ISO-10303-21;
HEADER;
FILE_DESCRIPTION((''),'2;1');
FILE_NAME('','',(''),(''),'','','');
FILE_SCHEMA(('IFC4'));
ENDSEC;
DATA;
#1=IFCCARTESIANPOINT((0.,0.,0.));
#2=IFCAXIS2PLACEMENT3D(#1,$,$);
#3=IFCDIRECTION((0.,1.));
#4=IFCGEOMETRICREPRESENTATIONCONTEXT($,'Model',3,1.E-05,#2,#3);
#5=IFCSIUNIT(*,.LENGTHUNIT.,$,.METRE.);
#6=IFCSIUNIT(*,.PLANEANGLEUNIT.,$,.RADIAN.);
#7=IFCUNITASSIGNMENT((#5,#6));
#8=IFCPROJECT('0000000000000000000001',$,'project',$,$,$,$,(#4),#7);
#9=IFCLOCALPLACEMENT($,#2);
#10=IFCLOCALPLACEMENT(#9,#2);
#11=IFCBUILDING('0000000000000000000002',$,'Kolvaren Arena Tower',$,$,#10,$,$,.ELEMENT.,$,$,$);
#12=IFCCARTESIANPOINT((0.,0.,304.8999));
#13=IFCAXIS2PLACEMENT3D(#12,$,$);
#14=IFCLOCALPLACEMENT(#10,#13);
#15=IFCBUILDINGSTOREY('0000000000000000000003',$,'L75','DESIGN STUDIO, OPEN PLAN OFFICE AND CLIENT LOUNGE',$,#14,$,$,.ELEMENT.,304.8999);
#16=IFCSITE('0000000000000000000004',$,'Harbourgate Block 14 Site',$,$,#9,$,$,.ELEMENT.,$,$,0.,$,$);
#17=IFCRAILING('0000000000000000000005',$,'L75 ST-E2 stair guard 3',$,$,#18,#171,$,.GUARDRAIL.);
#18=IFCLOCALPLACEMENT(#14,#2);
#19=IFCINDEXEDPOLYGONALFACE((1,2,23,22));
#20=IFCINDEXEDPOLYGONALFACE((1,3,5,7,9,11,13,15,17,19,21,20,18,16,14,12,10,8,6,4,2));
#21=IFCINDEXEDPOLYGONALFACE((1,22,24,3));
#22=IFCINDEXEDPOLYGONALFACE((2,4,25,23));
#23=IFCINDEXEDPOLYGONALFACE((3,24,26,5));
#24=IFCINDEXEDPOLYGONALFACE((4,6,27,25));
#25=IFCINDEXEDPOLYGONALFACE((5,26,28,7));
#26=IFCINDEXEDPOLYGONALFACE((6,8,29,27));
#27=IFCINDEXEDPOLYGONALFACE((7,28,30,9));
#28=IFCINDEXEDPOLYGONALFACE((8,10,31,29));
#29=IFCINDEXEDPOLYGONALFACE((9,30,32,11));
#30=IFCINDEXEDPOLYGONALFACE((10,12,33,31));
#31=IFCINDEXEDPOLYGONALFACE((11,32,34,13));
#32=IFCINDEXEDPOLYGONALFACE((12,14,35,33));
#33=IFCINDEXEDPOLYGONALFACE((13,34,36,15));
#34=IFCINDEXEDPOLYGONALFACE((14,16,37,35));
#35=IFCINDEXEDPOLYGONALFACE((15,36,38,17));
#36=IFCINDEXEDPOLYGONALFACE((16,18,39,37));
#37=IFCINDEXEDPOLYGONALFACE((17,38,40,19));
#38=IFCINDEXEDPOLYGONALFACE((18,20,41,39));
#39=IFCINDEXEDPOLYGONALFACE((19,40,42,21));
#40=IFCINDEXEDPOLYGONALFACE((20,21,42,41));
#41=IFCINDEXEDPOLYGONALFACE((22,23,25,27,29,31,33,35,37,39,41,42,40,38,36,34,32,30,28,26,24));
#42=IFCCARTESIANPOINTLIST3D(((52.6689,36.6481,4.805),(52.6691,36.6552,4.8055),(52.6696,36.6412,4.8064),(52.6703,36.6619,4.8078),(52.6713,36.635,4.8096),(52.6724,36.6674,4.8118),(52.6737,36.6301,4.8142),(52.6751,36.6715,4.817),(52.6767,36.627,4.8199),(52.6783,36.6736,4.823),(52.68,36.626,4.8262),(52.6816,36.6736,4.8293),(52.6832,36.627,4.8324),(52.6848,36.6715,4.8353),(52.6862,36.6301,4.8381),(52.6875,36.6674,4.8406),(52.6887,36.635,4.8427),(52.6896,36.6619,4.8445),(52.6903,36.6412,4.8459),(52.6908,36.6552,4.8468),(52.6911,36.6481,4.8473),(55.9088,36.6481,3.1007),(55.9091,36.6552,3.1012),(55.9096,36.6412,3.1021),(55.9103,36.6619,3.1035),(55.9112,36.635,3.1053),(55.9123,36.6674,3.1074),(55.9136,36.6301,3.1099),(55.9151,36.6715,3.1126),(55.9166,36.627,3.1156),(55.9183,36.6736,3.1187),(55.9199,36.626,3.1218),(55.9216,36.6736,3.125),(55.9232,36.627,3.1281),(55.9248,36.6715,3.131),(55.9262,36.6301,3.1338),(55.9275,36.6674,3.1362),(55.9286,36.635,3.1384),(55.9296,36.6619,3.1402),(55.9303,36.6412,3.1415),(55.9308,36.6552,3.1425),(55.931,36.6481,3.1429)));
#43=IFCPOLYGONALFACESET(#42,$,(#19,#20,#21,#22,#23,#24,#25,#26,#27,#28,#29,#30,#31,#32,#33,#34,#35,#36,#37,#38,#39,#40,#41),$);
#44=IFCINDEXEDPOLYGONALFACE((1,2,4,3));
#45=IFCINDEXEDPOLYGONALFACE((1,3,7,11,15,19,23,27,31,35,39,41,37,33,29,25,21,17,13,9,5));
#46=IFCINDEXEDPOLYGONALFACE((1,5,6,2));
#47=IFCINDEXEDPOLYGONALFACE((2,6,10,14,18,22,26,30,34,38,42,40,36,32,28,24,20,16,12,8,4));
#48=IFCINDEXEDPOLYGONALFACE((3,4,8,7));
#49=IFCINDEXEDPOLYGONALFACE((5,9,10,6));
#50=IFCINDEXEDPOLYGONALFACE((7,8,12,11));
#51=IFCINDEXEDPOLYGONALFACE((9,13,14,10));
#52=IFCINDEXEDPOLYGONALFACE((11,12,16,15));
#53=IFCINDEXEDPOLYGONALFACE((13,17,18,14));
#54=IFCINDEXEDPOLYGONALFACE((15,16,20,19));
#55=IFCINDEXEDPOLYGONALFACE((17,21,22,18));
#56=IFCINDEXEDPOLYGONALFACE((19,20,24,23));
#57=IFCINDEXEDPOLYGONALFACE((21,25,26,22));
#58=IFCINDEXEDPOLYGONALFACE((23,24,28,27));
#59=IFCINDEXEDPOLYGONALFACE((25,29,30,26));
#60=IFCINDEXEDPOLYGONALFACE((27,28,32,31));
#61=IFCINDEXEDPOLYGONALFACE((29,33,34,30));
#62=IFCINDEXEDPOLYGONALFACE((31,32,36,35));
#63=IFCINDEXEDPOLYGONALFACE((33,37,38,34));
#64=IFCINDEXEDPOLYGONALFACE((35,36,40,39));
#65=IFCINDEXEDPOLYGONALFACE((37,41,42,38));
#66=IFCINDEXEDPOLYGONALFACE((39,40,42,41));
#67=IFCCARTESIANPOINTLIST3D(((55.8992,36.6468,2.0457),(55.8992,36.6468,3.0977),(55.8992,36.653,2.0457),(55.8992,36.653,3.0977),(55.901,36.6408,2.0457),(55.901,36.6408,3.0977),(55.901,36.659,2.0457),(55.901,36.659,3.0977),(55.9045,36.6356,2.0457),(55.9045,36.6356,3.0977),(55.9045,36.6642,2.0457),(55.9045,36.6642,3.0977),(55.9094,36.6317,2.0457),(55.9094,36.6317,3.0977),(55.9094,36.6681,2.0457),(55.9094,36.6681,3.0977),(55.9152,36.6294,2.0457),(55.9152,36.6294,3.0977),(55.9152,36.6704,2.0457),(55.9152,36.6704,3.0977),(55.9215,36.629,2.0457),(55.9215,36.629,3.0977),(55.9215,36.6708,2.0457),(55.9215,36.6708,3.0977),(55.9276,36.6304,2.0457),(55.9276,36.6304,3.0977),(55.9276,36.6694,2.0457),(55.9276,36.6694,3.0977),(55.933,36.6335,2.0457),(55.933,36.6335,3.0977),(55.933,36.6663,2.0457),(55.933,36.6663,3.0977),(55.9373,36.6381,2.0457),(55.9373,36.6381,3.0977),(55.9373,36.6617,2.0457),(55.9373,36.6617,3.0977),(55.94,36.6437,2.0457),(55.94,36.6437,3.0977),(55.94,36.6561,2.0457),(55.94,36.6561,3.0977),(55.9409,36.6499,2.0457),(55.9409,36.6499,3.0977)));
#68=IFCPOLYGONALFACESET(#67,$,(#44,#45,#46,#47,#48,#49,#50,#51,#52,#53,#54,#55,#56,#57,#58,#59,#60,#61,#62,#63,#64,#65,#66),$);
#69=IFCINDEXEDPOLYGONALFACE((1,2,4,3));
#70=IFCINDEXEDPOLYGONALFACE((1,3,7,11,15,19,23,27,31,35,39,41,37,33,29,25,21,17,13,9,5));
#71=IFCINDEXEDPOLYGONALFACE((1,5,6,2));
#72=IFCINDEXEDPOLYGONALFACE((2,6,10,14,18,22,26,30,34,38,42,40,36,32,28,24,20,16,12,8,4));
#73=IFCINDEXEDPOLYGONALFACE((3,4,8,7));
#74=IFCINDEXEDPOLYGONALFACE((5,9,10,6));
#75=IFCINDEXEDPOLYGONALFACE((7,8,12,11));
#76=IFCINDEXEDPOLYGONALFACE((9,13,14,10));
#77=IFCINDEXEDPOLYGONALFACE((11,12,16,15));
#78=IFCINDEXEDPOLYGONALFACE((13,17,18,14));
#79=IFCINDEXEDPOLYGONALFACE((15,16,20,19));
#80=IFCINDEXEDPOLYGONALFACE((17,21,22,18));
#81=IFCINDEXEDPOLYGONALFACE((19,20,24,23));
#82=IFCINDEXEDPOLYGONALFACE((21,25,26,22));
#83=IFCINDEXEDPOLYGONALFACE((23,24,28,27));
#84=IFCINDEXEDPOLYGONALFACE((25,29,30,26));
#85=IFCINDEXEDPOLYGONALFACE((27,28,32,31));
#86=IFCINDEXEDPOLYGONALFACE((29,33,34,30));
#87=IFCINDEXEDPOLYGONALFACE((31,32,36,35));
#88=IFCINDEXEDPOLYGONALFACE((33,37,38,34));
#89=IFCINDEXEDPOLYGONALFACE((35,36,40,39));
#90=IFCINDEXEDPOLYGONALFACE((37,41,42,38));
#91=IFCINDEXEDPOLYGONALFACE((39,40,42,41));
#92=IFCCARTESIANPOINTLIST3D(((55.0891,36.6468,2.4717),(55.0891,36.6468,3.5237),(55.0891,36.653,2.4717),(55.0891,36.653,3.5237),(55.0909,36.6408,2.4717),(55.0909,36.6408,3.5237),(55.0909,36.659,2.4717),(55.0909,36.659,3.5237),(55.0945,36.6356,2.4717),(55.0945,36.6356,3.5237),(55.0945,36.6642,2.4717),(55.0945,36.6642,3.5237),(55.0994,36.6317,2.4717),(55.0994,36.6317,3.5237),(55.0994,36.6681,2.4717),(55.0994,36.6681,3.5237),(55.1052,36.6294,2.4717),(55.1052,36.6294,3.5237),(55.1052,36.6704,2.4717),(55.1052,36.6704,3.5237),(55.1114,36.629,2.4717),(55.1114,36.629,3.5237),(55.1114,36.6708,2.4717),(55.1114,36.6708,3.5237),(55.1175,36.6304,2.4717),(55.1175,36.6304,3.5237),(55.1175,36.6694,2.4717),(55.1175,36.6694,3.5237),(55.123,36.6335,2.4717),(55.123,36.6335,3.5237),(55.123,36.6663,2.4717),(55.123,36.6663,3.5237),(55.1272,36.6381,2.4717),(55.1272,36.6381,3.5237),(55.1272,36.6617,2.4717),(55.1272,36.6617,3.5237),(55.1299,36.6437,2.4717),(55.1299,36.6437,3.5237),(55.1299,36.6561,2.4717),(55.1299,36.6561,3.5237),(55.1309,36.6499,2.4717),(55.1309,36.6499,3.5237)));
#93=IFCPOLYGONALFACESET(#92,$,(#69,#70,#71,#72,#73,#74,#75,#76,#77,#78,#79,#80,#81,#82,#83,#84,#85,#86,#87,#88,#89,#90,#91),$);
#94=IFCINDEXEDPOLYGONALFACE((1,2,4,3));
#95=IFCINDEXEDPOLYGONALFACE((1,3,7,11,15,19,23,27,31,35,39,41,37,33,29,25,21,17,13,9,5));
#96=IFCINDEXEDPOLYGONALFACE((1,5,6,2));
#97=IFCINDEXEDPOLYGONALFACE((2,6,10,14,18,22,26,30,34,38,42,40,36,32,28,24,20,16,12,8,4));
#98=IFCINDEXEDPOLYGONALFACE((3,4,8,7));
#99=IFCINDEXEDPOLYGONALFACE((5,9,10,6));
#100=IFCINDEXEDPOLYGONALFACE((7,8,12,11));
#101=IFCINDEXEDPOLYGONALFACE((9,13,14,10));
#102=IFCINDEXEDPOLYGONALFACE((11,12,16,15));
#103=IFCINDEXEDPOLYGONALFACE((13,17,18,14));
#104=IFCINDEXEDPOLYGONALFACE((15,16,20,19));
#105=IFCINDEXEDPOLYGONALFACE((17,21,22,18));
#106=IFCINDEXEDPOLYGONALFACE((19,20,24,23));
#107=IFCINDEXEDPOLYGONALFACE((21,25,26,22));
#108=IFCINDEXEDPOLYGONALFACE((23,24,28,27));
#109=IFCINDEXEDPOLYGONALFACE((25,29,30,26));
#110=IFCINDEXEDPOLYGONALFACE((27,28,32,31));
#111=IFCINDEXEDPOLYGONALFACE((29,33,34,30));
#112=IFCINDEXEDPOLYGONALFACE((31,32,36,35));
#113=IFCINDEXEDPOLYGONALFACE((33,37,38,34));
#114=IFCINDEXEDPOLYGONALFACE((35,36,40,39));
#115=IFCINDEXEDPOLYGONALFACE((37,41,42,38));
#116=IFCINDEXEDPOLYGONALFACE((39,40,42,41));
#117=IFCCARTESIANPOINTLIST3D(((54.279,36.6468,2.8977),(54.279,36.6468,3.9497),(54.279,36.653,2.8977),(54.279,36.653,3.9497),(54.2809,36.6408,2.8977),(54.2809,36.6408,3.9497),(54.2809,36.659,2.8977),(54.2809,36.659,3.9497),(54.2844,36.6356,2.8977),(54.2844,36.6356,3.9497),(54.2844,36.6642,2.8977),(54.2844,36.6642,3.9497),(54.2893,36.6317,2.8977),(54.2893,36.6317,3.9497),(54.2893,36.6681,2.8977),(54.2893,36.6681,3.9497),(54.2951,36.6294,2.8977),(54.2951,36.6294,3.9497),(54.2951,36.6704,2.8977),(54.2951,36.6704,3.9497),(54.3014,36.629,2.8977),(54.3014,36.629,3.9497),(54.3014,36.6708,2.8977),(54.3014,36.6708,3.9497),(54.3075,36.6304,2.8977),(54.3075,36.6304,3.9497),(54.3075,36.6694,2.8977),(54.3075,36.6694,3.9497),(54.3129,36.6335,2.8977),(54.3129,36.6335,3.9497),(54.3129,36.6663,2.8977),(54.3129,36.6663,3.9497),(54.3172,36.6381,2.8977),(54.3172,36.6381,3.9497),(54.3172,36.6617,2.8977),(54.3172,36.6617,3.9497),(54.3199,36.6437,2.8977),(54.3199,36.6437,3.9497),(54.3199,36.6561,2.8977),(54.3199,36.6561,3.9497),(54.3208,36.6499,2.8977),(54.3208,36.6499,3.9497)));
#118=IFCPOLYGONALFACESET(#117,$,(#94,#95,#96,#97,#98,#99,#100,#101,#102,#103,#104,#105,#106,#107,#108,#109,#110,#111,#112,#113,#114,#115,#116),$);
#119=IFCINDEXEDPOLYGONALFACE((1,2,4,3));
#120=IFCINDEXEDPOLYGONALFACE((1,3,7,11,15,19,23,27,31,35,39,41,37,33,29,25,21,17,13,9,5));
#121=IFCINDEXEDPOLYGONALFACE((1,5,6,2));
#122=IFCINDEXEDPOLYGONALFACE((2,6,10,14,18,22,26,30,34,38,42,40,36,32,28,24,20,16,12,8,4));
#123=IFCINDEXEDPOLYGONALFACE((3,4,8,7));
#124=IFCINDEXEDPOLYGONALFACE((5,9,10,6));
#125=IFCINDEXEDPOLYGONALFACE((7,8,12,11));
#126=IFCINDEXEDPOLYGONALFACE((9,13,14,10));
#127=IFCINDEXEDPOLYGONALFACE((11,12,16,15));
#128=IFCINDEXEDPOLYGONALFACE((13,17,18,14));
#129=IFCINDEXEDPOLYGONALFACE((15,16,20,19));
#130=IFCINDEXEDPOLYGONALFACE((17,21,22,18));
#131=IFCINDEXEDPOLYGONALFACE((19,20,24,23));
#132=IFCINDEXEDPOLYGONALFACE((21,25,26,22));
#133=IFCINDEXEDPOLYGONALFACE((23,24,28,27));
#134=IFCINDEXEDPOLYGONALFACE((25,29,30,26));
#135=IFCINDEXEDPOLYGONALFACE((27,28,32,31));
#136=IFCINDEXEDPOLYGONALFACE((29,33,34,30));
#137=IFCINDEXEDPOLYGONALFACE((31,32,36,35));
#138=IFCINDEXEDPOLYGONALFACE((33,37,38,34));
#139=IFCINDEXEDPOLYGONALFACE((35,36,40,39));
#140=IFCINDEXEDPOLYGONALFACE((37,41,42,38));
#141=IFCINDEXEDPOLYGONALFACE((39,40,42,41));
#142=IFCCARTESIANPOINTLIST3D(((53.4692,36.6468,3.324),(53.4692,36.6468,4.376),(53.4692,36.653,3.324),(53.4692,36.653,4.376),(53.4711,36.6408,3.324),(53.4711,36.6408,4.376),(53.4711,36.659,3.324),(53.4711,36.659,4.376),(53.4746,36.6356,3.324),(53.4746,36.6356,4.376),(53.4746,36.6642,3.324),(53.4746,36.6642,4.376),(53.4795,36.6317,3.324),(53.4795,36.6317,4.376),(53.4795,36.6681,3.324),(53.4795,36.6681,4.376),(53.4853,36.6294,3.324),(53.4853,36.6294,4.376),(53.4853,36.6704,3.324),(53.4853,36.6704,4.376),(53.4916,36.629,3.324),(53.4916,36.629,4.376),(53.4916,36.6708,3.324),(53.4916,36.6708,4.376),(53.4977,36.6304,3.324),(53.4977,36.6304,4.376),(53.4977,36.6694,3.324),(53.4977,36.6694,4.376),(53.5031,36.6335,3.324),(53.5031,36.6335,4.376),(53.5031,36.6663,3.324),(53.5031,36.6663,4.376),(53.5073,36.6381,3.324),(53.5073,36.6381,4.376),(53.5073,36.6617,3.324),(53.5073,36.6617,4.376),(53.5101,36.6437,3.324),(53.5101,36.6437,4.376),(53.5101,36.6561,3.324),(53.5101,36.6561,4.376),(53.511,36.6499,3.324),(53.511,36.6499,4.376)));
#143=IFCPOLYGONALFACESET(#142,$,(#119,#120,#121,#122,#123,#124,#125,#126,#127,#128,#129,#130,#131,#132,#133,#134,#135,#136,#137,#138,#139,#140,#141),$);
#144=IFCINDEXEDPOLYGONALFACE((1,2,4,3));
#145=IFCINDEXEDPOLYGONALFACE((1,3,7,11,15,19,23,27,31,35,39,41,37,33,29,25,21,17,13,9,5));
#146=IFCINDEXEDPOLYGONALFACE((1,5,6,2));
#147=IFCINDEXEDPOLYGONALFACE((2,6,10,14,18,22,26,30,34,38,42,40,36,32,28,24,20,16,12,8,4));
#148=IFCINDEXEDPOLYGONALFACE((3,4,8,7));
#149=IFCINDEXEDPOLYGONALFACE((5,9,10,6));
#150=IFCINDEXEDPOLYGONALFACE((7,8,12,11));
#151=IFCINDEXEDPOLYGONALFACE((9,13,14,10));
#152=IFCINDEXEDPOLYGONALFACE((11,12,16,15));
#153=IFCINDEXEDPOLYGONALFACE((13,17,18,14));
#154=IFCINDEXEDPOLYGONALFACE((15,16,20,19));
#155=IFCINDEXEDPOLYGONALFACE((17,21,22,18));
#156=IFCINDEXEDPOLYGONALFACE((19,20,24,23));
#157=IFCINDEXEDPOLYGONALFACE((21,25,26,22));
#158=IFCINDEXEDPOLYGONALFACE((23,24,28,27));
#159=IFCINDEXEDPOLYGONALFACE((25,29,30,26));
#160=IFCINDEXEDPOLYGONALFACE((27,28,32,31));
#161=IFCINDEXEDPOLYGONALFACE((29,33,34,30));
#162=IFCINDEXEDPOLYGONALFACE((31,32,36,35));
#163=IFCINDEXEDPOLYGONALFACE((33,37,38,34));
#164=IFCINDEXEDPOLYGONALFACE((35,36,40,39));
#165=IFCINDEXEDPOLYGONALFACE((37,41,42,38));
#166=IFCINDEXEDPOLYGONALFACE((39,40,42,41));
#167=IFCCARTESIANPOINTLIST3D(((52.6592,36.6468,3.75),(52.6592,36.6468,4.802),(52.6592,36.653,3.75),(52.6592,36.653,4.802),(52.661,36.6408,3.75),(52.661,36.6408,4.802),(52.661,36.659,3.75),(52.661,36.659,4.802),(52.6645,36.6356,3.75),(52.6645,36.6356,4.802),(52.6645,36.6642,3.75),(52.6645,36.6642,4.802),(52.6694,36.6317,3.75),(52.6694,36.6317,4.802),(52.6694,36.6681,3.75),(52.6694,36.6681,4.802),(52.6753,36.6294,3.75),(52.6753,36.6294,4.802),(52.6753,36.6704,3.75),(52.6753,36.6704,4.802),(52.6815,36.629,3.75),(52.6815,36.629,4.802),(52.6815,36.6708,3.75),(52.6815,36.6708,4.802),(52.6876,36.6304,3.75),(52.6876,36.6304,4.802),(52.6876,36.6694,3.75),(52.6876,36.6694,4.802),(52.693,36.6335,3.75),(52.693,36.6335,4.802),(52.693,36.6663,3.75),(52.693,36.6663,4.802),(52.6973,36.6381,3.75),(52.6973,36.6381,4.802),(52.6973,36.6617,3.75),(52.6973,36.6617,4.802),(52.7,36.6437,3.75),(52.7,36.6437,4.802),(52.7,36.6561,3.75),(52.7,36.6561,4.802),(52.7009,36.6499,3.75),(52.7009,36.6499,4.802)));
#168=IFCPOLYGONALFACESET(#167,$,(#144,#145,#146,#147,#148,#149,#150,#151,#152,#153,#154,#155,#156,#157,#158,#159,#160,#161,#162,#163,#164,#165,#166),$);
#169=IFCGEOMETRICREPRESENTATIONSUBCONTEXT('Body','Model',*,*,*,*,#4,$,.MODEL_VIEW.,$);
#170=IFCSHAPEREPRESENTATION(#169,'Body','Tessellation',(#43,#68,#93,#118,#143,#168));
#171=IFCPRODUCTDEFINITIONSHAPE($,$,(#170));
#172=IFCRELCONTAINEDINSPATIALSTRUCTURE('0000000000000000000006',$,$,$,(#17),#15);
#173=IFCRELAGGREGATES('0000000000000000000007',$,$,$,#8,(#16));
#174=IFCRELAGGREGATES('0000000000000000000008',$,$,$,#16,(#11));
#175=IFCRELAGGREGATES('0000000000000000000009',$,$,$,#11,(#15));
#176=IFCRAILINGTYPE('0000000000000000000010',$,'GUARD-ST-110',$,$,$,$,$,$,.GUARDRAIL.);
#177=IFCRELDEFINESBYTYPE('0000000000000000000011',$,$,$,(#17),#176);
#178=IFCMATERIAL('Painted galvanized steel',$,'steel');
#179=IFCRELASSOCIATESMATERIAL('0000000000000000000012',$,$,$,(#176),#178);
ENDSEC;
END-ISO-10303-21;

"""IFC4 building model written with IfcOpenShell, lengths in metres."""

from ifc_helpers import new_model, si_unit, direction, frame, origin, origin_2d, place, context, subcontext, project, spatial, circle, extrude, material, type_object, element, save


model = new_model("IFC4")

# Units and contexts
model_context = context("Model", 3, precision=1e-05, world=origin(), true_north=direction((0.0, 1.0)))
body_context = subcontext(model_context, "Body", "Model", "MODEL_VIEW")
ifc_project = project(units=[si_unit("LENGTHUNIT", "METRE"), si_unit("PLANEANGLEUNIT", "RADIAN")], contexts=[model_context])

# Site, building, storey
site_placement = place(None, origin())
site = spatial("IfcSite", under=ifc_project, at=site_placement, Name="Harbourgate Block 14 Site", CompositionType="ELEMENT", RefElevation=0.0)
building_placement = place(site_placement, origin())
building = spatial("IfcBuilding", under=site, at=building_placement, Name="Kolvaren Arena Tower", CompositionType="ELEMENT")
storey_placement = place(building_placement, frame((0.0, 0.0, 304.8999)))
storey = spatial("IfcBuildingStorey", under=building, at=storey_placement, Name="L75", Description="DESIGN STUDIO, OPEN PLAN OFFICE AND CLIENT LOUNGE", CompositionType="ELEMENT", Elevation=304.8999)

# Railing
ifc_material_1 = material(Name="Painted galvanized steel", Category="steel")
railing_type_1 = type_object("IfcRailingType", Name="GUARD-ST-110", PredefinedType="GUARDRAIL", material=ifc_material_1)
railing_1_placement = place(storey_placement, frame((55.9199, 36.6499, 2.0457)))
element("IfcRailing", 1, at=railing_1_placement, inside=storey, type_object=railing_type_1, Name="L75 ST-E2 stair guard 3", PredefinedType="GUARDRAIL", context=body_context, shape_type="SweptSolid", body=[
    extrude(circle(Radius=0.0239, at=origin_2d()), frame((0.0, 0.0, 1.0762), z_axis=(-0.885021, 0.0, 0.465551), x_axis=(0.0, -1.0, 0.0)), (0.0, 0.0, 1.0), 3.6609),
    extrude(circle(Radius=0.021, at=origin_2d()), origin(), (0.0, 0.0, 1.0), 1.052),
    extrude(circle(Radius=0.021, at=origin_2d()), frame((-0.8101, 0.0, 0.426)), (0.0, 0.0, 1.0), 1.052),
    extrude(circle(Radius=0.021, at=origin_2d()), frame((-1.6201, 0.0, 0.8521)), (0.0, 0.0, 1.0), 1.052),
    extrude(circle(Radius=0.021, at=origin_2d()), frame((-2.4299, 0.0, 1.2783)), (0.0, 0.0, 1.0), 1.052),
    extrude(circle(Radius=0.021, at=origin_2d()), frame((-3.24, 0.0, 1.7043)), (0.0, 0.0, 1.0), 1.052),
])

save(model, "model.ifc")
